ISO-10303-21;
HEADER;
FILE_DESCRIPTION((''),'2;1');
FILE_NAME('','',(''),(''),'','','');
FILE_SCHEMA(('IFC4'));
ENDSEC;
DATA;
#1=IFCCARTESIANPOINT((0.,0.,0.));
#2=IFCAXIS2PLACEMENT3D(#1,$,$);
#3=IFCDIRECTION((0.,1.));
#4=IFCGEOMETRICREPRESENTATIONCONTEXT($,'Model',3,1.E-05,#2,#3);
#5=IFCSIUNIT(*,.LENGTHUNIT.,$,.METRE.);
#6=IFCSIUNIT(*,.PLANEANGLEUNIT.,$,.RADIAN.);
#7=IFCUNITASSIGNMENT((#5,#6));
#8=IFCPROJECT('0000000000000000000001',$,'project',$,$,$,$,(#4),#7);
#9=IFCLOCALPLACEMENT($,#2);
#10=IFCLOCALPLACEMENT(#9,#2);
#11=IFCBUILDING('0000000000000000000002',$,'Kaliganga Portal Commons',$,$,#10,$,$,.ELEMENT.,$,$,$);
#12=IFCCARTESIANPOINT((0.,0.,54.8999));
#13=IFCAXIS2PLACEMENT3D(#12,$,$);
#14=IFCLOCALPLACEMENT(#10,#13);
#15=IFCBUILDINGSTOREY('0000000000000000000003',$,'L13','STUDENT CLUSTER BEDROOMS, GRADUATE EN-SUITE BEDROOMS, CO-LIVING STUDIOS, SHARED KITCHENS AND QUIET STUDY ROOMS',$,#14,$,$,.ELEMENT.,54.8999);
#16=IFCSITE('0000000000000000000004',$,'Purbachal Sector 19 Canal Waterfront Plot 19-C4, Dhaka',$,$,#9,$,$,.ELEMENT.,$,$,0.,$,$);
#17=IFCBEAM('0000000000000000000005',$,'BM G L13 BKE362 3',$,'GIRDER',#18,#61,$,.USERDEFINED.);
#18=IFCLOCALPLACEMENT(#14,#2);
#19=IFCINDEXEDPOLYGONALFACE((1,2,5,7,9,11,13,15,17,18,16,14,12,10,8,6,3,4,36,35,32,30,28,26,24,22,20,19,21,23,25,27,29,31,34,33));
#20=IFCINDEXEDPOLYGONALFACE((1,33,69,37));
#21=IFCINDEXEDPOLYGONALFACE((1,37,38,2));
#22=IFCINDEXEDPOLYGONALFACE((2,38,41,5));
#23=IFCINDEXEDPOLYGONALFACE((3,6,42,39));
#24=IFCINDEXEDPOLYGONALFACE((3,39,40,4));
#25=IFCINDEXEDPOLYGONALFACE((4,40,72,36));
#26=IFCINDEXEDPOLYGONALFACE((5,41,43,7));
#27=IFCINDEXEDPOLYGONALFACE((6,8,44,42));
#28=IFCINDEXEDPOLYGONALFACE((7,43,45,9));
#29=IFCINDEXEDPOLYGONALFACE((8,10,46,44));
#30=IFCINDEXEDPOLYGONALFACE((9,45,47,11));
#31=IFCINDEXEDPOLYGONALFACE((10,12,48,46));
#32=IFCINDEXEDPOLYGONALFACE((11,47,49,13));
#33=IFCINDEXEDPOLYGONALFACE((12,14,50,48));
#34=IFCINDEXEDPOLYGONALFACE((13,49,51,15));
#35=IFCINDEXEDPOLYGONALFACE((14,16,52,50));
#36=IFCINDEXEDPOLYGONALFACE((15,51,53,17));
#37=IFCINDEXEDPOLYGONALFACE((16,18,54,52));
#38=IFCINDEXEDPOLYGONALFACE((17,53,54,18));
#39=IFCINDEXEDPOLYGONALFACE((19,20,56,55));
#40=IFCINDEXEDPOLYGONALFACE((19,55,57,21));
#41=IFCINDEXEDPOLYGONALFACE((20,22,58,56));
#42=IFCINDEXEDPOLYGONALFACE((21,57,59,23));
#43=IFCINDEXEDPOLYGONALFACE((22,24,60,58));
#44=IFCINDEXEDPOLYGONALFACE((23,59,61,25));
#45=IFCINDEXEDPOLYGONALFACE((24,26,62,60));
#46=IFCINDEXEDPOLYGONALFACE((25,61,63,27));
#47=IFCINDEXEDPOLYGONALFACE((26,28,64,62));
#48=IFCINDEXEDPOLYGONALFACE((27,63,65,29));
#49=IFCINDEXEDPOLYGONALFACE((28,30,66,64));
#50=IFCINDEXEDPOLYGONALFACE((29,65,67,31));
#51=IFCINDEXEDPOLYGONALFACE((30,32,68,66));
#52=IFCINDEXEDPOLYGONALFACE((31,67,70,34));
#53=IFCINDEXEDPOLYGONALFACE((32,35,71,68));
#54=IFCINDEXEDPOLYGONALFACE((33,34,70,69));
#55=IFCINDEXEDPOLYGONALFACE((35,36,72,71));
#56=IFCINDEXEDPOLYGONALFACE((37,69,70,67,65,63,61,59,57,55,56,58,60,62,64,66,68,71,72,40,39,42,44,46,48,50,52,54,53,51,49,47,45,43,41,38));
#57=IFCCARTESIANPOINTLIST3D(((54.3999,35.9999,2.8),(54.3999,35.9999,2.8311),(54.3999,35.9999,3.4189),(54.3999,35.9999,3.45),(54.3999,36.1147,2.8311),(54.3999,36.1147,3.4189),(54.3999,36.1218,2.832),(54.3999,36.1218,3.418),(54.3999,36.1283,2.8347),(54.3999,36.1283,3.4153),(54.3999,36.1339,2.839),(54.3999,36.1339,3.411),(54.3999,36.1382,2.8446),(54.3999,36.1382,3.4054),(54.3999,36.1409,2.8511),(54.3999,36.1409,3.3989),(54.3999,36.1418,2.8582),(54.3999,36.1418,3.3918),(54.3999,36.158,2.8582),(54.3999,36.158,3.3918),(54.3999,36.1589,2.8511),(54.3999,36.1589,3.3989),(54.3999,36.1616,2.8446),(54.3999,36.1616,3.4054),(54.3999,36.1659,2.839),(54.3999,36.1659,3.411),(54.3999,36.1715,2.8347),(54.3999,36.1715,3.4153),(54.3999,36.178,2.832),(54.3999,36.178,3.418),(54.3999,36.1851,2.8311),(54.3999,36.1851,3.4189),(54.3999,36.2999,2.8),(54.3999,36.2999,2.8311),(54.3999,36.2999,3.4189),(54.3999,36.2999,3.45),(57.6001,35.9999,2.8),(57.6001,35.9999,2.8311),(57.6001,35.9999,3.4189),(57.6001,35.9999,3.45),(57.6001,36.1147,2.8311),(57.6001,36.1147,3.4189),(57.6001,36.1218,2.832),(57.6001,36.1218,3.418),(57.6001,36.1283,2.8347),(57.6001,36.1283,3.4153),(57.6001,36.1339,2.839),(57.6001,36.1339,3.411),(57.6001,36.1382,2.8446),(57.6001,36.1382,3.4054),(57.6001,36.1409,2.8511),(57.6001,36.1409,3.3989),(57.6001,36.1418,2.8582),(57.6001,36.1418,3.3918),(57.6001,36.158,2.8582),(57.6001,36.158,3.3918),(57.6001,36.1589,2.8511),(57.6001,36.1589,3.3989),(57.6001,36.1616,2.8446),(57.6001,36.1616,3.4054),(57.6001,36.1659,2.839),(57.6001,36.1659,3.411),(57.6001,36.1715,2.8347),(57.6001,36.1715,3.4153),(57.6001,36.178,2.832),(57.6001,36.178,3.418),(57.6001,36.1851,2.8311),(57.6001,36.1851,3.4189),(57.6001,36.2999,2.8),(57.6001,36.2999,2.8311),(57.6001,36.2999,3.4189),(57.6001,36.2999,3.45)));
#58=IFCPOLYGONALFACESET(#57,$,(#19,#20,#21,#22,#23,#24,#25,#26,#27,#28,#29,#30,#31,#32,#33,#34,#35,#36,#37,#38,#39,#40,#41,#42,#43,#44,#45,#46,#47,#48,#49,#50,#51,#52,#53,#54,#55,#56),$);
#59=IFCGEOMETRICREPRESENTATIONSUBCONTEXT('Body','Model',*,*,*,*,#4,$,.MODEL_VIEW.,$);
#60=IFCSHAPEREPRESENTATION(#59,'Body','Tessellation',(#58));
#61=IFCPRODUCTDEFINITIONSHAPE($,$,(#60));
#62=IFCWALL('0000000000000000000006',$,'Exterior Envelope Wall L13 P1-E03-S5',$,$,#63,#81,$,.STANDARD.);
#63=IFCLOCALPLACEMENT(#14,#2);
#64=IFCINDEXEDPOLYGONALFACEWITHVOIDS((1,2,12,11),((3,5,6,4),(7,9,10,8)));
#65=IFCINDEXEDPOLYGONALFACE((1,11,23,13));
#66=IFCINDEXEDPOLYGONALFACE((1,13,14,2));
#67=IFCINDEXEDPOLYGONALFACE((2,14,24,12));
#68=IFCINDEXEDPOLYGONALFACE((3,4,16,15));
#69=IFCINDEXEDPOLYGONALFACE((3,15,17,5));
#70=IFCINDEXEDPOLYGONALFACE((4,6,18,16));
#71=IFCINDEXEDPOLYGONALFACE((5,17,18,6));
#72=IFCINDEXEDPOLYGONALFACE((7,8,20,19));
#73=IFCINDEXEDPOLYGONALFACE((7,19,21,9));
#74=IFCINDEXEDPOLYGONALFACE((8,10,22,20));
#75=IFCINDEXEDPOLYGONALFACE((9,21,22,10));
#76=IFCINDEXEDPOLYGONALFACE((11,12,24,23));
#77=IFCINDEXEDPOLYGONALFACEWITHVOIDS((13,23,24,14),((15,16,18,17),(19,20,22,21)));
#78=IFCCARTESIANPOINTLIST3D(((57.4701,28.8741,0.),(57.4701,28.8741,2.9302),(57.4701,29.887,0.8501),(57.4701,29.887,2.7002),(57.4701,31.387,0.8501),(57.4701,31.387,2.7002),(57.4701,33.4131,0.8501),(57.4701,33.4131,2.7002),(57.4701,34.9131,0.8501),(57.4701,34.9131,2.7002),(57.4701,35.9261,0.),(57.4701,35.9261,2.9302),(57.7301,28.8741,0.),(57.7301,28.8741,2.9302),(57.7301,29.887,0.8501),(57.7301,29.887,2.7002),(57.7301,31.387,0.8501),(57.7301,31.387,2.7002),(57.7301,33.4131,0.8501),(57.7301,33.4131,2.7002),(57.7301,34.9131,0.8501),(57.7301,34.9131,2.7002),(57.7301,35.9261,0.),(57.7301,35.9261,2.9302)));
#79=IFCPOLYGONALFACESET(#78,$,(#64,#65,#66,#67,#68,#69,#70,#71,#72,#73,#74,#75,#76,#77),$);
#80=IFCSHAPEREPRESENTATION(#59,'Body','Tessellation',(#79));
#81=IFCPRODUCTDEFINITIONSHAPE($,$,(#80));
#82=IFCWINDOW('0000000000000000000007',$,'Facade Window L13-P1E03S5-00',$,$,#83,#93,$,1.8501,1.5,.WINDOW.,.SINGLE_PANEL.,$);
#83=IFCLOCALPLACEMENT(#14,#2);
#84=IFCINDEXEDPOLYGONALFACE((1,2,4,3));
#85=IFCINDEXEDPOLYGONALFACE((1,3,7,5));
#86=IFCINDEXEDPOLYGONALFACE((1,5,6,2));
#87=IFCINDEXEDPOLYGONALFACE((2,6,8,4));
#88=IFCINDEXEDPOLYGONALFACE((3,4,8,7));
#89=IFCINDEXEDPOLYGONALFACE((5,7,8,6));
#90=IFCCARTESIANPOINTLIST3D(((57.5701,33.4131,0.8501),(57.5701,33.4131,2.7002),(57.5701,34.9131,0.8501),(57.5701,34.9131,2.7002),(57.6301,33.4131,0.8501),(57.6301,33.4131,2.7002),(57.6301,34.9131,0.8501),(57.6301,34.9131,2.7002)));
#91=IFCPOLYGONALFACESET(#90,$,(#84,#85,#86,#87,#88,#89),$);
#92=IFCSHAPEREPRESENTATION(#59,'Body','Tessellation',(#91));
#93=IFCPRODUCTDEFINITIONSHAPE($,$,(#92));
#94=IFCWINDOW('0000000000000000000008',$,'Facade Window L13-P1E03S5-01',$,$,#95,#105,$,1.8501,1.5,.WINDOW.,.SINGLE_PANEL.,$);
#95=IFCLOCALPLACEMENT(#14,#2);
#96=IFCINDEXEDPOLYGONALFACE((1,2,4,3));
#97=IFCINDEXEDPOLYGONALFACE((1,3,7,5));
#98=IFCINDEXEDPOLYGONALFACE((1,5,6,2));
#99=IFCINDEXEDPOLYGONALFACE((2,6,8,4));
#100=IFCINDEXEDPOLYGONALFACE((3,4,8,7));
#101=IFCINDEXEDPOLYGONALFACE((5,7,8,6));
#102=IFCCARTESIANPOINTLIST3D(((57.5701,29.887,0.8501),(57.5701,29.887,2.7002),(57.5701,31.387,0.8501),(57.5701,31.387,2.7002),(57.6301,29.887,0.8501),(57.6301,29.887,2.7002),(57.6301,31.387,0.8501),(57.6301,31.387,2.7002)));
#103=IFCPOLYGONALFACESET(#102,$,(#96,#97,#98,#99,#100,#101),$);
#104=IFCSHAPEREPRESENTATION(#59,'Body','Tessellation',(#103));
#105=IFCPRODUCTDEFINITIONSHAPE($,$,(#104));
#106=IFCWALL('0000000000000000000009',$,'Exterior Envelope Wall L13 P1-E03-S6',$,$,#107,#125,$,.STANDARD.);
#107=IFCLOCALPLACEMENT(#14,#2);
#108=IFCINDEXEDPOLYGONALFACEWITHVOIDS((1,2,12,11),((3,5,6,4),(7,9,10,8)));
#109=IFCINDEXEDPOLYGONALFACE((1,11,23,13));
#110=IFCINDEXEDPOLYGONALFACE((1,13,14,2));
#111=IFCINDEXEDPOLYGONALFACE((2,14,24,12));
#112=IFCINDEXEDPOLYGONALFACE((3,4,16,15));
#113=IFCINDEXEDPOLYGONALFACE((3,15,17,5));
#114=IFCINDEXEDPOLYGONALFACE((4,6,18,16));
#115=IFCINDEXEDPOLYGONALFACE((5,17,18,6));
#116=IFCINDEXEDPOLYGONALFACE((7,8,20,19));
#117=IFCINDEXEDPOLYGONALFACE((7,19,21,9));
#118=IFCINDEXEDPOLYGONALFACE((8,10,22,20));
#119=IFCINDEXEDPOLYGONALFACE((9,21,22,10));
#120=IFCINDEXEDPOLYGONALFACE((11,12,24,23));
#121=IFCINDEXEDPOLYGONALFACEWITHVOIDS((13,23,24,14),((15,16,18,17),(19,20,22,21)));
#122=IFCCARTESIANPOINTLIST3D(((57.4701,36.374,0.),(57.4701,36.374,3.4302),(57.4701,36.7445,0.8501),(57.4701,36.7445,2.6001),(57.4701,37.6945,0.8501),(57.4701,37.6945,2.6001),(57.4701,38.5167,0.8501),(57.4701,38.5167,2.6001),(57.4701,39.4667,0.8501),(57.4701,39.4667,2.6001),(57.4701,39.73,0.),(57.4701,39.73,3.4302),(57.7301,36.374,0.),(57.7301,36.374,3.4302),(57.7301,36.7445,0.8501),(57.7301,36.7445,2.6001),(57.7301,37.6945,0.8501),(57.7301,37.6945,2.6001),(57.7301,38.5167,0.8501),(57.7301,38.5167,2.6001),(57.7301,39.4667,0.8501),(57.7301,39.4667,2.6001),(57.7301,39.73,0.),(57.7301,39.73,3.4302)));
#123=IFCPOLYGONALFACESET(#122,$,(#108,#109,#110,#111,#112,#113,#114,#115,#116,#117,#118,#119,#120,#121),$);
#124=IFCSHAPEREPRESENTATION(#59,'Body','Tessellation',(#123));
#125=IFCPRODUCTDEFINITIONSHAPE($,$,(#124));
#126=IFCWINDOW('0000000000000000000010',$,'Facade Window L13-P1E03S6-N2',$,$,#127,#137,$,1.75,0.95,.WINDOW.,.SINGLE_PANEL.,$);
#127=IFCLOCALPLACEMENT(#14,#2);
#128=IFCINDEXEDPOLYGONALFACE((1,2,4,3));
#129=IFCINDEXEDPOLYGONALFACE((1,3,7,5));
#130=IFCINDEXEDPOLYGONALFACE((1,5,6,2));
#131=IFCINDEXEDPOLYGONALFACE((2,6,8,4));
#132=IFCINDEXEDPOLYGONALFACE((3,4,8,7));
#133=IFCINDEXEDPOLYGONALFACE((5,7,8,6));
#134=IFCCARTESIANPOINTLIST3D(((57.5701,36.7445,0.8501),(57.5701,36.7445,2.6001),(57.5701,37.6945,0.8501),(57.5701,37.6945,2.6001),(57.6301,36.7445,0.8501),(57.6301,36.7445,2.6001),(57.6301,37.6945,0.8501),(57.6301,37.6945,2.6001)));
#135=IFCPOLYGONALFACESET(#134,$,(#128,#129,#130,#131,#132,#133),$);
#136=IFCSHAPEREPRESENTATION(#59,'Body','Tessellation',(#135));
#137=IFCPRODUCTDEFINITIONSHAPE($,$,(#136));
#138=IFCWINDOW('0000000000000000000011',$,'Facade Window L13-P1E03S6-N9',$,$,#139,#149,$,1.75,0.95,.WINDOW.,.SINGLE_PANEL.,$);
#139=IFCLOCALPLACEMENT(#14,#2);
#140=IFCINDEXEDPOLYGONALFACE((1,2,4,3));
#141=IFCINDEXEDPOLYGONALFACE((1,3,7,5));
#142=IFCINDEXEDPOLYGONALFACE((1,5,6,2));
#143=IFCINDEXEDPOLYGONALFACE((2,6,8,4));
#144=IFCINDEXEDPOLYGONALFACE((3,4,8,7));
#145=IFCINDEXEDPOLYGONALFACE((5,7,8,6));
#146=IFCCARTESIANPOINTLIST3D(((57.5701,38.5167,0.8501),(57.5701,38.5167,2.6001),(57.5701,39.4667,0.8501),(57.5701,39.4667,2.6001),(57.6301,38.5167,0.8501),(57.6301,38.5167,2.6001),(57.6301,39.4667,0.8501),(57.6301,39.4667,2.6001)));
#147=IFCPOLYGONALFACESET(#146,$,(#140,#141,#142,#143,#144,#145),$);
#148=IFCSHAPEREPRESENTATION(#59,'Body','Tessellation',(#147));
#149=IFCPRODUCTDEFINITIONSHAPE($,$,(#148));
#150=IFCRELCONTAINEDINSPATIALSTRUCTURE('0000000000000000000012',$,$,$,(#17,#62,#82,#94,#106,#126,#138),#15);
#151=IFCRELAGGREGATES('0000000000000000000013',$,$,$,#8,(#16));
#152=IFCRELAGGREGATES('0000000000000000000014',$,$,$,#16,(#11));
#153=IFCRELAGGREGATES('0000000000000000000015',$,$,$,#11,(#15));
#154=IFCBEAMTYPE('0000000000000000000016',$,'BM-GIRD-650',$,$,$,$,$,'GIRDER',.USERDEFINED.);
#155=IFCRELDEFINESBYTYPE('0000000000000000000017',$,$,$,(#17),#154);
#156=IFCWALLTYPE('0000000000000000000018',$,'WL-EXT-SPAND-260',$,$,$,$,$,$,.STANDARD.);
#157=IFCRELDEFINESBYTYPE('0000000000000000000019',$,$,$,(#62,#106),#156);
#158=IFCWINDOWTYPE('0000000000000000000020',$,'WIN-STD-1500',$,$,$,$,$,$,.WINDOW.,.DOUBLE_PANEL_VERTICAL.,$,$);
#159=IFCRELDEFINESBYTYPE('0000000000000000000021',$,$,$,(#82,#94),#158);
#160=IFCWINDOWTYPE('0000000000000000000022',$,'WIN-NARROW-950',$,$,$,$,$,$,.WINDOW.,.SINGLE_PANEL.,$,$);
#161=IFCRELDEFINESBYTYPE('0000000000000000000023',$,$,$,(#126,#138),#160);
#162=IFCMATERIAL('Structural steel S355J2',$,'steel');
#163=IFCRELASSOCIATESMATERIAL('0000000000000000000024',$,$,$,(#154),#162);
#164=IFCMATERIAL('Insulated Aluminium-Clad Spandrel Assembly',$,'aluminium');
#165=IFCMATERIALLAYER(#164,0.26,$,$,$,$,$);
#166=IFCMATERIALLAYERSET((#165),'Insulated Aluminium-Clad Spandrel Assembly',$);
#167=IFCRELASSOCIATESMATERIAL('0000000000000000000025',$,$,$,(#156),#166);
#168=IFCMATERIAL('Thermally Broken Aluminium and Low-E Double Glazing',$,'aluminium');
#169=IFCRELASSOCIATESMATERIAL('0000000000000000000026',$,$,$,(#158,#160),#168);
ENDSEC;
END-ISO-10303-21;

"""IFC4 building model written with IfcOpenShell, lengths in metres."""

from ifc_helpers import new_model, si_unit, direction, frame, frame_2d, origin, origin_2d, place, context, subcontext, project, spatial, rectangle, i_section, extrude, source, transform, mapped, material, layer, layer_set, material_profile, profile_set, type_object, element, fill, save


model = new_model("IFC4")

# Units and contexts
model_context = context("Model", 3, precision=1e-05, world=origin(), true_north=direction((0.0, 1.0)))
body_context = subcontext(model_context, "Body", "Model", "MODEL_VIEW")
ifc_project = project(units=[si_unit("LENGTHUNIT", "METRE"), si_unit("PLANEANGLEUNIT", "RADIAN")], contexts=[model_context])

# Site, building, storey
site_placement = place(None, origin())
site = spatial("IfcSite", under=ifc_project, at=site_placement, Name="Purbachal Sector 19 Canal Waterfront Plot 19-C4, Dhaka", CompositionType="ELEMENT", RefElevation=0.0)
building_placement = place(site_placement, origin())
building = spatial("IfcBuilding", under=site, at=building_placement, Name="Kaliganga Portal Commons", CompositionType="ELEMENT")
storey_placement = place(building_placement, frame((0.0, 0.0, 54.8999)))
storey = spatial("IfcBuildingStorey", under=building, at=storey_placement, Name="L13", Description="STUDENT CLUSTER BEDROOMS, GRADUATE EN-SUITE BEDROOMS, CO-LIVING STUDIOS, SHARED KITCHENS AND QUIET STUDY ROOMS", CompositionType="ELEMENT", Elevation=54.8999)

# Beam
ifc_material_1 = material(Name="Structural steel S355J2", Category="steel")
ifc_material_profile_1 = material_profile(ifc_material_1, i_section(OverallWidth=0.3, OverallDepth=0.6499, WebThickness=0.0161, FlangeThickness=0.031, FilletRadius=0.0271, at=origin_2d()), Name="HE 650 B")
ifc_profile_set_1 = profile_set([ifc_material_profile_1], Name="Structural steel S355J2 wide-flange")
beam_type_1 = type_object("IfcBeamType", Name="BM-GIRD-650", ElementType="GIRDER", PredefinedType="USERDEFINED", material=ifc_profile_set_1)
shared_shape_1 = source(origin(), body_context, "Body", "SweptSolid", [
    extrude(i_section(OverallWidth=0.3, OverallDepth=0.6499, WebThickness=0.0161, FlangeThickness=0.031, FilletRadius=0.0271, at=origin_2d()), origin(), (0.0, 0.0, 1.0), 3.2002),
])
beam_1_placement = place(storey_placement, frame((54.3999, 36.1499, 3.125), z_axis=(1.0, 0.0, 0.0), x_axis=(0.0, 1.0, 0.0)))
element("IfcBeam", 1, at=beam_1_placement, inside=storey, type_object=beam_type_1, Name="BM G L13 BKE362 3", ObjectType="GIRDER", PredefinedType="USERDEFINED", context=body_context, shape_type="MappedRepresentation", body=[
    mapped(shared_shape_1, transform((0.0, 0.0, 0.0), x_axis=(1.0, 0.0, 0.0), y_axis=(0.0, 1.0, 0.0), z_axis=(0.0, 0.0, 1.0), scale=1.0)),
])

# Walls, openings, windows
ifc_material_2 = material(Name="Insulated Aluminium-Clad Spandrel Assembly", Category="aluminium")
ifc_layer_1 = layer(ifc_material_2, 0.26)
ifc_layer_set_1 = layer_set([ifc_layer_1], Name="Insulated Aluminium-Clad Spandrel Assembly")
wall_type_1 = type_object("IfcWallType", Name="WL-EXT-SPAND-260", PredefinedType="STANDARD", material=ifc_layer_set_1)
wall_1_placement = place(storey_placement, frame((57.6001, 35.926, 0.0), z_axis=(0.0, 0.0, 1.0), x_axis=(0.0, -1.0, 0.0)))
wall_1 = element("IfcWall", 2, at=wall_1_placement, inside=storey, type_object=wall_type_1, Name="Exterior Envelope Wall L13 P1-E03-S5", PredefinedType="STANDARD", context=body_context, shape_type="SweptSolid", body=[
    extrude(rectangle(XDim=7.052, YDim=0.26, at=frame_2d((3.5259, 0.0))), origin(), (0.0, 0.0, 1.0), 2.9302),
])
opening_1_placement = place(wall_1_placement, frame((1.0129, 0.0, 0.8501)))
opening_1 = element("IfcOpeningElement", 3, at=opening_1_placement, cuts=wall_1, PredefinedType="OPENING", context=body_context, shape_type="SweptSolid", body=[
    extrude(rectangle(XDim=1.5, YDim=1.8501, at=frame_2d((0.75, 0.925))), frame((0.0, 0.1401, 0.0), z_axis=(0.0, -1.0, 0.0), x_axis=(1.0, 0.0, 0.0)), (0.0, 0.0, 1.0), 0.28),
])
opening_2_placement = place(wall_1_placement, frame((4.5391, 0.0, 0.8501)))
opening_2 = element("IfcOpeningElement", 4, at=opening_2_placement, cuts=wall_1, PredefinedType="OPENING", context=body_context, shape_type="SweptSolid", body=[
    extrude(rectangle(XDim=1.5, YDim=1.8501, at=frame_2d((0.75, 0.925))), frame((0.0, 0.1401, 0.0), z_axis=(0.0, -1.0, 0.0), x_axis=(1.0, 0.0, 0.0)), (0.0, 0.0, 1.0), 0.28),
])
ifc_material_3 = material(Name="Thermally Broken Aluminium and Low-E Double Glazing", Category="aluminium")
window_type_1 = type_object("IfcWindowType", Name="WIN-STD-1500", PartitioningType="DOUBLE_PANEL_VERTICAL", PredefinedType="WINDOW", material=ifc_material_3)
window_1_placement = place(opening_1_placement, origin())
window_1 = element("IfcWindow", 5, at=window_1_placement, inside=storey, type_object=window_type_1, Name="Facade Window L13-P1E03S5-00", OverallHeight=1.8501, OverallWidth=1.5, PartitioningType="SINGLE_PANEL", PredefinedType="WINDOW", context=body_context, shape_type="SweptSolid", body=[
    extrude(rectangle(XDim=1.5, YDim=1.8501, at=frame_2d((0.75, 0.925))), frame((0.0, 0.03, 0.0), z_axis=(0.0, -1.0, 0.0), x_axis=(1.0, 0.0, 0.0)), (0.0, 0.0, 1.0), 0.0601),
])
fill(opening_1, window_1)
window_2_placement = place(opening_2_placement, origin())
window_2 = element("IfcWindow", 6, at=window_2_placement, inside=storey, type_object=window_type_1, Name="Facade Window L13-P1E03S5-01", OverallHeight=1.8501, OverallWidth=1.5, PartitioningType="SINGLE_PANEL", PredefinedType="WINDOW", context=body_context, shape_type="SweptSolid", body=[
    extrude(rectangle(XDim=1.5, YDim=1.8501, at=frame_2d((0.75, 0.925))), frame((0.0, 0.03, 0.0), z_axis=(0.0, -1.0, 0.0), x_axis=(1.0, 0.0, 0.0)), (0.0, 0.0, 1.0), 0.0601),
])
fill(opening_2, window_2)
wall_2_placement = place(storey_placement, frame((57.6001, 39.73, 0.0), z_axis=(0.0, 0.0, 1.0), x_axis=(0.0, -1.0, 0.0)))
wall_2 = element("IfcWall", 7, at=wall_2_placement, inside=storey, type_object=wall_type_1, Name="Exterior Envelope Wall L13 P1-E03-S6", PredefinedType="STANDARD", context=body_context, shape_type="SweptSolid", body=[
    extrude(rectangle(XDim=3.356, YDim=0.26, at=frame_2d((1.678, 0.0))), origin(), (0.0, 0.0, 1.0), 3.4302),
])
opening_3_placement = place(wall_2_placement, frame((2.0354, 0.0, 0.8501)))
opening_3 = element("IfcOpeningElement", 8, at=opening_3_placement, cuts=wall_2, PredefinedType="OPENING", context=body_context, shape_type="SweptSolid", body=[
    extrude(rectangle(XDim=0.95, YDim=1.75, at=frame_2d((0.4751, 0.875))), frame((0.0, 0.1401, 0.0), z_axis=(0.0, -1.0, 0.0), x_axis=(1.0, 0.0, 0.0)), (0.0, 0.0, 1.0), 0.28),
])
opening_4_placement = place(wall_2_placement, frame((0.2632, 0.0, 0.8501)))
opening_4 = element("IfcOpeningElement", 9, at=opening_4_placement, cuts=wall_2, PredefinedType="OPENING", context=body_context, shape_type="SweptSolid", body=[
    extrude(rectangle(XDim=0.95, YDim=1.75, at=frame_2d((0.4751, 0.875))), frame((0.0, 0.1401, 0.0), z_axis=(0.0, -1.0, 0.0), x_axis=(1.0, 0.0, 0.0)), (0.0, 0.0, 1.0), 0.28),
])
window_type_2 = type_object("IfcWindowType", Name="WIN-NARROW-950", PartitioningType="SINGLE_PANEL", PredefinedType="WINDOW", material=ifc_material_3)
window_3_placement = place(opening_3_placement, origin())
window_3 = element("IfcWindow", 10, at=window_3_placement, inside=storey, type_object=window_type_2, Name="Facade Window L13-P1E03S6-N2", OverallHeight=1.75, OverallWidth=0.95, PartitioningType="SINGLE_PANEL", PredefinedType="WINDOW", context=body_context, shape_type="SweptSolid", body=[
    extrude(rectangle(XDim=0.95, YDim=1.75, at=frame_2d((0.4751, 0.875))), frame((0.0, 0.03, 0.0), z_axis=(0.0, -1.0, 0.0), x_axis=(1.0, 0.0, 0.0)), (0.0, 0.0, 1.0), 0.0601),
])
fill(opening_3, window_3)
window_4_placement = place(opening_4_placement, origin())
window_4 = element("IfcWindow", 11, at=window_4_placement, inside=storey, type_object=window_type_2, Name="Facade Window L13-P1E03S6-N9", OverallHeight=1.75, OverallWidth=0.95, PartitioningType="SINGLE_PANEL", PredefinedType="WINDOW", context=body_context, shape_type="SweptSolid", body=[
    extrude(rectangle(XDim=0.95, YDim=1.75, at=frame_2d((0.4751, 0.875))), frame((0.0, 0.03, 0.0), z_axis=(0.0, -1.0, 0.0), x_axis=(1.0, 0.0, 0.0)), (0.0, 0.0, 1.0), 0.0601),
])
fill(opening_4, window_4)

save(model, "model.ifc")
